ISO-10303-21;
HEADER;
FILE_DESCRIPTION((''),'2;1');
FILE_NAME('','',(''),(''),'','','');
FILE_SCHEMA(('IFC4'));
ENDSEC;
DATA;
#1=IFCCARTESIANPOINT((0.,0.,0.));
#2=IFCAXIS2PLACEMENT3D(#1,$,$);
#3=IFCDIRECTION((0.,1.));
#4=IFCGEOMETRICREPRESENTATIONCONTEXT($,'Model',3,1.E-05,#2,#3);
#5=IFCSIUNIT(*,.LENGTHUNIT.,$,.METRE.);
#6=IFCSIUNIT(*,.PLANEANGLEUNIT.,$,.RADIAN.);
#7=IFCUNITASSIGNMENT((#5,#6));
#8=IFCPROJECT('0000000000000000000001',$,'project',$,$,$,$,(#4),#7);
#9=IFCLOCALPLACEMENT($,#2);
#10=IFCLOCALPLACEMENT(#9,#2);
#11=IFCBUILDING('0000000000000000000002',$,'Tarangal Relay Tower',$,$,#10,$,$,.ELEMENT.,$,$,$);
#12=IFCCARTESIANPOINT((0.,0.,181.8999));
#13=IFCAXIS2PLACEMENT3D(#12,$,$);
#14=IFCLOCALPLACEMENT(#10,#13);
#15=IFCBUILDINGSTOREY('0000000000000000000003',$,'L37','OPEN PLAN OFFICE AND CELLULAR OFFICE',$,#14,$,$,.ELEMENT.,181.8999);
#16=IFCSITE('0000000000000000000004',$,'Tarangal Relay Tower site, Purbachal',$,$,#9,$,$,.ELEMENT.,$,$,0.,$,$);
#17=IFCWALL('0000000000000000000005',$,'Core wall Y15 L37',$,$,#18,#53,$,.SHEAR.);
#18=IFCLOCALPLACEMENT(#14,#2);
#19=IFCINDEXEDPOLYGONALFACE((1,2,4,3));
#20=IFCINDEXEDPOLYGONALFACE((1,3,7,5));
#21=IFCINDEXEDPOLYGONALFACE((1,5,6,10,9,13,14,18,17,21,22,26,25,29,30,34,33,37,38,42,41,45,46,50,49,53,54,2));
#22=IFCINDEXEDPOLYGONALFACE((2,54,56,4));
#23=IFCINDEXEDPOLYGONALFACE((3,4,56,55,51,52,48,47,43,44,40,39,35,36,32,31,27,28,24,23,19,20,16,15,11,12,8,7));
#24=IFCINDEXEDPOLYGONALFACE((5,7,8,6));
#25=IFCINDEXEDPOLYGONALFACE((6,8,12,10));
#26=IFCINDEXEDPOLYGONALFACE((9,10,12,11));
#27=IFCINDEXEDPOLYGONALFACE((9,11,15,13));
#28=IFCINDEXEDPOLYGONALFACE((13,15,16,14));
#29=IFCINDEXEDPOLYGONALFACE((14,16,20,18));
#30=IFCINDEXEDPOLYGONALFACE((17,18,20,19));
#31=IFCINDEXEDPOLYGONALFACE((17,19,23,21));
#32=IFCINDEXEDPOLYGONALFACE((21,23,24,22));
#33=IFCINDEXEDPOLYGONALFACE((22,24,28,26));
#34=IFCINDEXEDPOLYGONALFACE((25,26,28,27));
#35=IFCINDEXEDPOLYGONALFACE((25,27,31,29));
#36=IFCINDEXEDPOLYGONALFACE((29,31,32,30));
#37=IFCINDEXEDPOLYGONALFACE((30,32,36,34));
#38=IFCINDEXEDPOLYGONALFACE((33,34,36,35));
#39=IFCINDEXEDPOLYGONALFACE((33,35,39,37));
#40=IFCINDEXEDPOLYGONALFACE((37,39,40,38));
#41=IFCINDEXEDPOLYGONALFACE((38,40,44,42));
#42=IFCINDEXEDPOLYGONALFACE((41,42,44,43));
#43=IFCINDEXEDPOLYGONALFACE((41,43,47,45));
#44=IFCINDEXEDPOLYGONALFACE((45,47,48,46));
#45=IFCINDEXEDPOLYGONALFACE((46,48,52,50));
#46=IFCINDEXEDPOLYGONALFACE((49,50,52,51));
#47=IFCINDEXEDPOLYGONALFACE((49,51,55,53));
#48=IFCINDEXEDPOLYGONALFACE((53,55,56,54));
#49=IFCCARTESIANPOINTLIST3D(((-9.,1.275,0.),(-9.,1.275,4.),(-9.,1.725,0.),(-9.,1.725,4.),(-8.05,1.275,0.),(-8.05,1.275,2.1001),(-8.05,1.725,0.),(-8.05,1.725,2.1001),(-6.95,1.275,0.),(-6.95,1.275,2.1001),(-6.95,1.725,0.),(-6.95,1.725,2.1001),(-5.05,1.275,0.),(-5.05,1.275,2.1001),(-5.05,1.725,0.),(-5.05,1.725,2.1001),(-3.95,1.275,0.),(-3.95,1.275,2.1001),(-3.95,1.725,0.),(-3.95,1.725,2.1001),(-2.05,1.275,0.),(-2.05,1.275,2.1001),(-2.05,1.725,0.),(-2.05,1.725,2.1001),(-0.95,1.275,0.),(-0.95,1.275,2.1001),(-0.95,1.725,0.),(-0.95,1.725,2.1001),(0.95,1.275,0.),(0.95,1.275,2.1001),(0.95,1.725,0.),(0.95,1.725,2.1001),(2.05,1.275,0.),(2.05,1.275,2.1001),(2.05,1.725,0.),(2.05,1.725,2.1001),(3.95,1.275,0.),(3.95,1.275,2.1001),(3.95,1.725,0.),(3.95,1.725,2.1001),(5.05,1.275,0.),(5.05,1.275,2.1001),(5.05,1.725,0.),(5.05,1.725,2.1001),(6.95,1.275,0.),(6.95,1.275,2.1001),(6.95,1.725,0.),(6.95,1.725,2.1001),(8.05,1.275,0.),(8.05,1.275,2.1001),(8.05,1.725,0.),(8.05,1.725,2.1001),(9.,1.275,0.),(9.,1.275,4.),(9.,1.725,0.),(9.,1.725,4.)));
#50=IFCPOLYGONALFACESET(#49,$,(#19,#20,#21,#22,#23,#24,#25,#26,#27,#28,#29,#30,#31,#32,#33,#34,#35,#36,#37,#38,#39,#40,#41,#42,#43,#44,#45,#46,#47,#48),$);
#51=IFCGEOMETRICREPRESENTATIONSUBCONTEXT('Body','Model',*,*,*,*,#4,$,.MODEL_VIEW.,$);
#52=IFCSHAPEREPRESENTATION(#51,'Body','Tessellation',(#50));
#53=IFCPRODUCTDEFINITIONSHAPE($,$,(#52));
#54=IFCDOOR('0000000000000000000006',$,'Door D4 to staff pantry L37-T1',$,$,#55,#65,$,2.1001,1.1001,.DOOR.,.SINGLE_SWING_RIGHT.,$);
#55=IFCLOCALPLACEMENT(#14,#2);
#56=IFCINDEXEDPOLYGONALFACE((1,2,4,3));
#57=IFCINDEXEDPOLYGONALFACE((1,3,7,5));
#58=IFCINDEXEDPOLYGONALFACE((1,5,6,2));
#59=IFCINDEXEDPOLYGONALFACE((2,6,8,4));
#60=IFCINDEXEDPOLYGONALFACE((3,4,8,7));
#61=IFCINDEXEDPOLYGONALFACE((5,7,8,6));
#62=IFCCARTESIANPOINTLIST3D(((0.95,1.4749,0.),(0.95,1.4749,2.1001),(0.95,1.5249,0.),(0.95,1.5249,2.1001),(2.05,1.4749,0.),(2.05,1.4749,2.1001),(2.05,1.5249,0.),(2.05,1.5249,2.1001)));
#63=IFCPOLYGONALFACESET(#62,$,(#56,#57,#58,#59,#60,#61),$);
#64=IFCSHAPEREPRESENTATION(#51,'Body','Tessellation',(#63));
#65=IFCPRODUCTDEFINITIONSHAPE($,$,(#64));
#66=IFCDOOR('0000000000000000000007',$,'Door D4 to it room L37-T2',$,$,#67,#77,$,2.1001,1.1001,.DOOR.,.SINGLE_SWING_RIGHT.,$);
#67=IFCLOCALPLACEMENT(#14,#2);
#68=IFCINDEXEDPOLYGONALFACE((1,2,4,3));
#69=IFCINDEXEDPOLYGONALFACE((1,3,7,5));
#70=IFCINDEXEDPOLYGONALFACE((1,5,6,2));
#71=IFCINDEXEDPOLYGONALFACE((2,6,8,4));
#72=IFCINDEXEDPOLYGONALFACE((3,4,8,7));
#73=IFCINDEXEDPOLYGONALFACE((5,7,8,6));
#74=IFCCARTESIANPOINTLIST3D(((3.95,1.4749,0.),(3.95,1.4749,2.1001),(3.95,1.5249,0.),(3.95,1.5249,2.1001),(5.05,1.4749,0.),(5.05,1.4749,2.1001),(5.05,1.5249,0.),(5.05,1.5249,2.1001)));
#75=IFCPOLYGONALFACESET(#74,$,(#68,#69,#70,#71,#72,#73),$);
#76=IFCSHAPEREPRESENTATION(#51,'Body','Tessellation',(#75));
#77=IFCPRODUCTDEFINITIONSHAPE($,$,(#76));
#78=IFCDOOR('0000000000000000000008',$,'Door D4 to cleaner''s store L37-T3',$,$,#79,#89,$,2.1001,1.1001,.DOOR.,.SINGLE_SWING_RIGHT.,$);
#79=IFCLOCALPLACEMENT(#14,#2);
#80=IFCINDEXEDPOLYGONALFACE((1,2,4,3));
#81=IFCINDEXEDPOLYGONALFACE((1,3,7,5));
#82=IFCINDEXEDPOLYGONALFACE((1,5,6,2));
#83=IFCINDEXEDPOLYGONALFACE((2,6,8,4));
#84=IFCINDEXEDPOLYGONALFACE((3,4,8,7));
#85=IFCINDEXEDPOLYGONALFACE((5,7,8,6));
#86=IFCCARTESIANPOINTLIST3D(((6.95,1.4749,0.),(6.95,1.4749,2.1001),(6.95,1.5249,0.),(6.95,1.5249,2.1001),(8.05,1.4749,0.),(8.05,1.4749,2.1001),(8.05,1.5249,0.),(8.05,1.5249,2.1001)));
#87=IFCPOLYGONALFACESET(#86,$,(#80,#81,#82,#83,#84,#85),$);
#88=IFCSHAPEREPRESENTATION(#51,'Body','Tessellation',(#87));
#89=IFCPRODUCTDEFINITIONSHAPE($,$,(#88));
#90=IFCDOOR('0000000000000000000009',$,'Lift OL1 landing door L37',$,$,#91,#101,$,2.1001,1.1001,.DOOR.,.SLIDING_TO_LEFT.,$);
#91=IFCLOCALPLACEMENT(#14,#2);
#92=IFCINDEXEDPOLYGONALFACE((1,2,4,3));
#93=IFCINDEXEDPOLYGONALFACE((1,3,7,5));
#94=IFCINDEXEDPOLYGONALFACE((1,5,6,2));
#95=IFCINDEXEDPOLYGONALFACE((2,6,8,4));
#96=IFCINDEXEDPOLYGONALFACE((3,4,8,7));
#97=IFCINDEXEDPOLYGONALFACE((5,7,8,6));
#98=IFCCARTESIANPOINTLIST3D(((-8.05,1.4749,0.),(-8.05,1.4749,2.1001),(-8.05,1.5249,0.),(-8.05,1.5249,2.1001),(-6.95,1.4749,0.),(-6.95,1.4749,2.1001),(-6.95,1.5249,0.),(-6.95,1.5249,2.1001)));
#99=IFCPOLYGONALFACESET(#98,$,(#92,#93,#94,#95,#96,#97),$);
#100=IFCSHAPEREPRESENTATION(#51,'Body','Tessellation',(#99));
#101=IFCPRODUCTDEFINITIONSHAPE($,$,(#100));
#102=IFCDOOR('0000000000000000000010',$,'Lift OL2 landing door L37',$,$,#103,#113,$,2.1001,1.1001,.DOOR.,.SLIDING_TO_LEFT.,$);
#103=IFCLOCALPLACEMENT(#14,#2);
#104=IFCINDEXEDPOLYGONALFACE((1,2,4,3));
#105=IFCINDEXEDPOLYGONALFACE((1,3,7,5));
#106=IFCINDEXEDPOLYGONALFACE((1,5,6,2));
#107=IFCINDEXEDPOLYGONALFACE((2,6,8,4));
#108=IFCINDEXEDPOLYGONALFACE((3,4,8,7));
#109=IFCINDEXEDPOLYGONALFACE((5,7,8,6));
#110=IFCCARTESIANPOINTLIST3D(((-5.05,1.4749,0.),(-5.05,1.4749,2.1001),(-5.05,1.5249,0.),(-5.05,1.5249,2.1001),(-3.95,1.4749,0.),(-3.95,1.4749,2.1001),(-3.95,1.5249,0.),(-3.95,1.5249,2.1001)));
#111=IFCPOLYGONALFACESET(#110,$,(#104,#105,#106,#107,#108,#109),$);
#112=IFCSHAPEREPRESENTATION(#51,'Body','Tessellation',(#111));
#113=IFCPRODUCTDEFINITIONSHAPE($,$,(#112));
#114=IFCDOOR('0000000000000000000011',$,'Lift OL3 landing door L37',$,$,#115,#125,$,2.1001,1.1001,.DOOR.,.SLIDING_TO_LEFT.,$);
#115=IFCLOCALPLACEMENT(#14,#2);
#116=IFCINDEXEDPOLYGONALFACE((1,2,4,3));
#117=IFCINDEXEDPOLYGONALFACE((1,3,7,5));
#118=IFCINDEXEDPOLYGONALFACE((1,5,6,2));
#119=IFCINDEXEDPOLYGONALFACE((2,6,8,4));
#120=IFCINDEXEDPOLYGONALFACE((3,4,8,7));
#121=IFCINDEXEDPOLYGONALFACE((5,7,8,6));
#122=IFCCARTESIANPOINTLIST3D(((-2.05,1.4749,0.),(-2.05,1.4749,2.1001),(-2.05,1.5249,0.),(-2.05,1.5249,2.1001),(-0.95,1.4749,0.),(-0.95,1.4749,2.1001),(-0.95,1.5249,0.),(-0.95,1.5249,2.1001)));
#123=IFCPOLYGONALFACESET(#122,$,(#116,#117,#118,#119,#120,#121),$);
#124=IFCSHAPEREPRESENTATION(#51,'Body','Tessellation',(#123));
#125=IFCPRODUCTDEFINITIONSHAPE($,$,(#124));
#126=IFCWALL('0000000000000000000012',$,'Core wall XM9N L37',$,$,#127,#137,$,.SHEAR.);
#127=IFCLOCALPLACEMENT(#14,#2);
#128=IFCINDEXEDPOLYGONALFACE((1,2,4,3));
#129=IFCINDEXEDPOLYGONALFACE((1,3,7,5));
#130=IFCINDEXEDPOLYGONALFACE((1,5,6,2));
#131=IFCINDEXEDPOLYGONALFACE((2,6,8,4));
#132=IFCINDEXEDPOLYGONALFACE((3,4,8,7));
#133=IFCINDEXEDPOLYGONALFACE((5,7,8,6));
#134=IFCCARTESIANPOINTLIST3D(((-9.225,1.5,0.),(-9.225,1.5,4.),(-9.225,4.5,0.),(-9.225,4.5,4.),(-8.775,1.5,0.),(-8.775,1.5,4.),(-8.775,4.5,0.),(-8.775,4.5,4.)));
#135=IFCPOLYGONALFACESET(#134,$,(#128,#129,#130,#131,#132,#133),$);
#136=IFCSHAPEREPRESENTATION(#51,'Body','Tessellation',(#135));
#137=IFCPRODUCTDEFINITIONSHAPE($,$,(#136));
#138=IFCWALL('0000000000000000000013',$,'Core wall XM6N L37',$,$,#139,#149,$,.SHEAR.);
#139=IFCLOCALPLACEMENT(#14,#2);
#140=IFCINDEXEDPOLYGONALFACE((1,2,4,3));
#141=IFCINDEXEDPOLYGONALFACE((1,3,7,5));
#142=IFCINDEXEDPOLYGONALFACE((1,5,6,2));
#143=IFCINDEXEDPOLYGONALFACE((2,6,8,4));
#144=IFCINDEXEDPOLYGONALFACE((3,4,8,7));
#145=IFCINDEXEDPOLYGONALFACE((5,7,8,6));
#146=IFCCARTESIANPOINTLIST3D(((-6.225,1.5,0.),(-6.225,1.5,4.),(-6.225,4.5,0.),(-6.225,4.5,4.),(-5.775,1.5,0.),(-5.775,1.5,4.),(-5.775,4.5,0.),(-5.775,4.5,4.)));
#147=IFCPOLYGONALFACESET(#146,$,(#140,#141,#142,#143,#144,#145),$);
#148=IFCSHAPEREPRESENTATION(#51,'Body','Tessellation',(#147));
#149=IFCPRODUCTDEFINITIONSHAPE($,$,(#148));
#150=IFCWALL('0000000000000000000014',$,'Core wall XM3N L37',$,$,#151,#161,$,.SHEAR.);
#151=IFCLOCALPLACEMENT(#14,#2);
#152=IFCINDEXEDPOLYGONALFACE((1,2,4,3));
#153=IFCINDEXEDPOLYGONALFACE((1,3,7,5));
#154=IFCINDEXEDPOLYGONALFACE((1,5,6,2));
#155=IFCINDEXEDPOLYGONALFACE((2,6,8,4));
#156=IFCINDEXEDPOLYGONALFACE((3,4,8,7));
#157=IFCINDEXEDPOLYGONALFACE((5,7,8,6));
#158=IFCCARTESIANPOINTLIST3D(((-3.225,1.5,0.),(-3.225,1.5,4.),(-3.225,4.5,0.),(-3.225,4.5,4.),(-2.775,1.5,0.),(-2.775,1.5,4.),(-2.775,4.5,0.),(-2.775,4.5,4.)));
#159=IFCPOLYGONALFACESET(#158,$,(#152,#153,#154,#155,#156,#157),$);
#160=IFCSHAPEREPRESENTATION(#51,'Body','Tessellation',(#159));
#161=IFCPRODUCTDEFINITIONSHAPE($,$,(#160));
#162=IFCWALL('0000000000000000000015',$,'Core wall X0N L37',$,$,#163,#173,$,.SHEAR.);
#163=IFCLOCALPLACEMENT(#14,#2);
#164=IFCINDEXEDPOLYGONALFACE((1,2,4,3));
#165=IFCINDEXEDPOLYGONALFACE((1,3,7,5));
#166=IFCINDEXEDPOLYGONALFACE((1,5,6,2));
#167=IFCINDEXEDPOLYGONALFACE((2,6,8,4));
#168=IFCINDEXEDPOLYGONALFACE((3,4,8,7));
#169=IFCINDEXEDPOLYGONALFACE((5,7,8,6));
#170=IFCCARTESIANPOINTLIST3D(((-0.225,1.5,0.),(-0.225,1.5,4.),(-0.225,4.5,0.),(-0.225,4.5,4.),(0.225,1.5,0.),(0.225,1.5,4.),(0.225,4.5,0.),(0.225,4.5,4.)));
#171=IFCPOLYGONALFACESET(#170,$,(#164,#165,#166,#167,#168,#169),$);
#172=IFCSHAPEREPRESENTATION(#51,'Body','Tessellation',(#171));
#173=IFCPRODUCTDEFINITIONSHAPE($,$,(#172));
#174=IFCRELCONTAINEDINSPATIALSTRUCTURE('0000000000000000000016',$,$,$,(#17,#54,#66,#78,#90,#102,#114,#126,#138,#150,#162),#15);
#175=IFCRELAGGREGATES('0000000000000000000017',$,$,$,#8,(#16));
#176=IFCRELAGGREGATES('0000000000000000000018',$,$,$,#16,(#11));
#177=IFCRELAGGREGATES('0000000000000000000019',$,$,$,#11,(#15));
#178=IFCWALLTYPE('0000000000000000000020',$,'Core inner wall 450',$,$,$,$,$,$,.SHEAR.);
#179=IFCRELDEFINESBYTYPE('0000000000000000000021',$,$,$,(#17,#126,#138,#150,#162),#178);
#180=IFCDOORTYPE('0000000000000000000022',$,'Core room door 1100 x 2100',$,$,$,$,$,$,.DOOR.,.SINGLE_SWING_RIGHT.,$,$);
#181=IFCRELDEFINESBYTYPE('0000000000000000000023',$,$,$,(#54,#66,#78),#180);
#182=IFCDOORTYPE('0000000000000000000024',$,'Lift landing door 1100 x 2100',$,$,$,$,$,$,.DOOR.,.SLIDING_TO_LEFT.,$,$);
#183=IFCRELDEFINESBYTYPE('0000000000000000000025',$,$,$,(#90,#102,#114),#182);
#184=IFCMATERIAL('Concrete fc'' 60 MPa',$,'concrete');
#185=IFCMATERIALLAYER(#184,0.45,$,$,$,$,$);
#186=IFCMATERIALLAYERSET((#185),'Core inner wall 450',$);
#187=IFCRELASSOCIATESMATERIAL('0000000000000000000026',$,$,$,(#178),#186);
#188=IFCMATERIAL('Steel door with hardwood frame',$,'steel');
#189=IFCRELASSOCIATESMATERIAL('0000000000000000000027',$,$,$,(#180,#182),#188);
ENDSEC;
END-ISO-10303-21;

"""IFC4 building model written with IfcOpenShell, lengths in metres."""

from ifc_helpers import new_model, si_unit, direction, frame, frame_2d, origin, place, context, subcontext, project, spatial, rectangle, extrude, material, layer, layer_set, type_object, element, fill, save


model = new_model("IFC4")

# Units and contexts
model_context = context("Model", 3, precision=1e-05, world=origin(), true_north=direction((0.0, 1.0)))
body_context = subcontext(model_context, "Body", "Model", "MODEL_VIEW")
ifc_project = project(units=[si_unit("LENGTHUNIT", "METRE"), si_unit("PLANEANGLEUNIT", "RADIAN")], contexts=[model_context])

# Site, building, storey
site_placement = place(None, origin())
site = spatial("IfcSite", under=ifc_project, at=site_placement, Name="Tarangal Relay Tower site, Purbachal", CompositionType="ELEMENT", RefElevation=0.0)
building_placement = place(site_placement, origin())
building = spatial("IfcBuilding", under=site, at=building_placement, Name="Tarangal Relay Tower", CompositionType="ELEMENT")
storey_placement = place(building_placement, frame((0.0, 0.0, 181.8999)))
storey = spatial("IfcBuildingStorey", under=building, at=storey_placement, Name="L37", Description="OPEN PLAN OFFICE AND CELLULAR OFFICE", CompositionType="ELEMENT", Elevation=181.8999)

# Wall, openings, doors
ifc_material_1 = material(Name="Concrete fc' 60 MPa", Category="concrete")
ifc_layer_1 = layer(ifc_material_1, 0.45)
ifc_layer_set_1 = layer_set([ifc_layer_1], Name="Core inner wall 450")
wall_type = type_object("IfcWallType", Name="Core inner wall 450", PredefinedType="SHEAR", material=ifc_layer_set_1)
wall_placement = place(storey_placement, frame((-9.0, 1.5, 0.0), z_axis=(0.0, 0.0, 1.0), x_axis=(1.0, 0.0, 0.0)))
wall = element("IfcWall", 1, at=wall_placement, inside=storey, type_object=wall_type, Name="Core wall Y15 L37", PredefinedType="SHEAR", context=body_context, shape_type="SweptSolid", body=[
    extrude(rectangle(XDim=18.0, YDim=0.45, at=frame_2d((9.0, 0.0))), origin(), (0.0, 0.0, 1.0), 4.0),
])
opening_1_placement = place(wall_placement, frame((0.95, 0.0, 0.0)))
opening_1 = element("IfcOpeningElement", 2, at=opening_1_placement, cuts=wall, PredefinedType="OPENING", context=body_context, shape_type="SweptSolid", body=[
    extrude(rectangle(XDim=1.1001, YDim=2.1001, at=frame_2d((0.55, 1.05))), frame((0.0, 0.2349, 0.0), z_axis=(0.0, -1.0, 0.0), x_axis=(1.0, 0.0, 0.0)), (0.0, 0.0, 1.0), 0.47),
])
opening_2_placement = place(wall_placement, frame((3.95, 0.0, 0.0)))
opening_2 = element("IfcOpeningElement", 3, at=opening_2_placement, cuts=wall, PredefinedType="OPENING", context=body_context, shape_type="SweptSolid", body=[
    extrude(rectangle(XDim=1.1001, YDim=2.1001, at=frame_2d((0.55, 1.05))), frame((0.0, 0.2349, 0.0), z_axis=(0.0, -1.0, 0.0), x_axis=(1.0, 0.0, 0.0)), (0.0, 0.0, 1.0), 0.47),
])
opening_3_placement = place(wall_placement, frame((6.95, 0.0, 0.0)))
opening_3 = element("IfcOpeningElement", 4, at=opening_3_placement, cuts=wall, PredefinedType="OPENING", context=body_context, shape_type="SweptSolid", body=[
    extrude(rectangle(XDim=1.1001, YDim=2.1001, at=frame_2d((0.55, 1.05))), frame((0.0, 0.2349, 0.0), z_axis=(0.0, -1.0, 0.0), x_axis=(1.0, 0.0, 0.0)), (0.0, 0.0, 1.0), 0.47),
])
opening_4_placement = place(wall_placement, frame((9.95, 0.0, 0.0)))
opening_4 = element("IfcOpeningElement", 5, at=opening_4_placement, cuts=wall, PredefinedType="OPENING", context=body_context, shape_type="SweptSolid", body=[
    extrude(rectangle(XDim=1.1001, YDim=2.1001, at=frame_2d((0.55, 1.05))), frame((0.0, 0.2349, 0.0), z_axis=(0.0, -1.0, 0.0), x_axis=(1.0, 0.0, 0.0)), (0.0, 0.0, 1.0), 0.47),
])
opening_5_placement = place(wall_placement, frame((12.95, 0.0, 0.0)))
opening_5 = element("IfcOpeningElement", 6, at=opening_5_placement, cuts=wall, PredefinedType="OPENING", context=body_context, shape_type="SweptSolid", body=[
    extrude(rectangle(XDim=1.1001, YDim=2.1001, at=frame_2d((0.55, 1.05))), frame((0.0, 0.2349, 0.0), z_axis=(0.0, -1.0, 0.0), x_axis=(1.0, 0.0, 0.0)), (0.0, 0.0, 1.0), 0.47),
])
opening_6_placement = place(wall_placement, frame((15.95, 0.0, 0.0)))
opening_6 = element("IfcOpeningElement", 7, at=opening_6_placement, cuts=wall, PredefinedType="OPENING", context=body_context, shape_type="SweptSolid", body=[
    extrude(rectangle(XDim=1.1001, YDim=2.1001, at=frame_2d((0.55, 1.05))), frame((0.0, 0.2349, 0.0), z_axis=(0.0, -1.0, 0.0), x_axis=(1.0, 0.0, 0.0)), (0.0, 0.0, 1.0), 0.47),
])
ifc_material_2 = material(Name="Steel door with hardwood frame", Category="steel")
door_type_1 = type_object("IfcDoorType", Name="Core room door 1100 x 2100", OperationType="SINGLE_SWING_RIGHT", PredefinedType="DOOR", material=ifc_material_2)
door_1_placement = place(opening_4_placement, origin())
door_1 = element("IfcDoor", 8, at=door_1_placement, inside=storey, type_object=door_type_1, Name="Door D4 to staff pantry L37-T1", OperationType="SINGLE_SWING_RIGHT", OverallHeight=2.1001, OverallWidth=1.1001, PredefinedType="DOOR", context=body_context, shape_type="SweptSolid", body=[
    extrude(rectangle(XDim=1.1001, YDim=2.1001, at=frame_2d((0.55, 1.05))), frame((0.0, 0.0249, 0.0), z_axis=(0.0, -1.0, 0.0), x_axis=(1.0, 0.0, 0.0)), (0.0, 0.0, 1.0), 0.05),
])
fill(opening_4, door_1)
door_2_placement = place(opening_5_placement, origin())
door_2 = element("IfcDoor", 9, at=door_2_placement, inside=storey, type_object=door_type_1, Name="Door D4 to it room L37-T2", OperationType="SINGLE_SWING_RIGHT", OverallHeight=2.1001, OverallWidth=1.1001, PredefinedType="DOOR", context=body_context, shape_type="SweptSolid", body=[
    extrude(rectangle(XDim=1.1001, YDim=2.1001, at=frame_2d((0.55, 1.05))), frame((0.0, 0.0249, 0.0), z_axis=(0.0, -1.0, 0.0), x_axis=(1.0, 0.0, 0.0)), (0.0, 0.0, 1.0), 0.05),
])
fill(opening_5, door_2)
door_3_placement = place(opening_6_placement, origin())
door_3 = element("IfcDoor", 10, at=door_3_placement, inside=storey, type_object=door_type_1, Name="Door D4 to cleaner's store L37-T3", OperationType="SINGLE_SWING_RIGHT", OverallHeight=2.1001, OverallWidth=1.1001, PredefinedType="DOOR", context=body_context, shape_type="SweptSolid", body=[
    extrude(rectangle(XDim=1.1001, YDim=2.1001, at=frame_2d((0.55, 1.05))), frame((0.0, 0.0249, 0.0), z_axis=(0.0, -1.0, 0.0), x_axis=(1.0, 0.0, 0.0)), (0.0, 0.0, 1.0), 0.05),
])
fill(opening_6, door_3)
door_type_2 = type_object("IfcDoorType", Name="Lift landing door 1100 x 2100", OperationType="SLIDING_TO_LEFT", PredefinedType="DOOR", material=ifc_material_2)
door_4_placement = place(opening_1_placement, origin())
door_4 = element("IfcDoor", 11, at=door_4_placement, inside=storey, type_object=door_type_2, Name="Lift OL1 landing door L37", OperationType="SLIDING_TO_LEFT", OverallHeight=2.1001, OverallWidth=1.1001, PredefinedType="DOOR", context=body_context, shape_type="SweptSolid", body=[
    extrude(rectangle(XDim=1.1001, YDim=2.1001, at=frame_2d((0.55, 1.05))), frame((0.0, 0.0249, 0.0), z_axis=(0.0, -1.0, 0.0), x_axis=(1.0, 0.0, 0.0)), (0.0, 0.0, 1.0), 0.05),
])
fill(opening_1, door_4)
door_5_placement = place(opening_2_placement, origin())
door_5 = element("IfcDoor", 12, at=door_5_placement, inside=storey, type_object=door_type_2, Name="Lift OL2 landing door L37", OperationType="SLIDING_TO_LEFT", OverallHeight=2.1001, OverallWidth=1.1001, PredefinedType="DOOR", context=body_context, shape_type="SweptSolid", body=[
    extrude(rectangle(XDim=1.1001, YDim=2.1001, at=frame_2d((0.55, 1.05))), frame((0.0, 0.0249, 0.0), z_axis=(0.0, -1.0, 0.0), x_axis=(1.0, 0.0, 0.0)), (0.0, 0.0, 1.0), 0.05),
])
fill(opening_2, door_5)
door_6_placement = place(opening_3_placement, origin())
door_6 = element("IfcDoor", 13, at=door_6_placement, inside=storey, type_object=door_type_2, Name="Lift OL3 landing door L37", OperationType="SLIDING_TO_LEFT", OverallHeight=2.1001, OverallWidth=1.1001, PredefinedType="DOOR", context=body_context, shape_type="SweptSolid", body=[
    extrude(rectangle(XDim=1.1001, YDim=2.1001, at=frame_2d((0.55, 1.05))), frame((0.0, 0.0249, 0.0), z_axis=(0.0, -1.0, 0.0), x_axis=(1.0, 0.0, 0.0)), (0.0, 0.0, 1.0), 0.05),
])
fill(opening_3, door_6)

# Walls
for number, where, z_axis, x_axis, name in (
    (14, (-9.0, 1.5, 0.0), (0.0, 0.0, 1.0), (0.0, 1.0, 0.0), "Core wall XM9N L37"),
    (15, (-6.0, 1.5, 0.0), (0.0, 0.0, 1.0), (0.0, 1.0, 0.0), "Core wall XM6N L37"),
    (16, (-3.0, 1.5, 0.0), (0.0, 0.0, 1.0), (0.0, 1.0, 0.0), "Core wall XM3N L37"),
    (17, (0.0, 1.5, 0.0), (0.0, 0.0, 1.0), (0.0, 1.0, 0.0), "Core wall X0N L37"),
):
    element("IfcWall", number, at=place(storey_placement, frame(where, z_axis=z_axis, x_axis=x_axis)), inside=storey, type_object=wall_type, Name=name, PredefinedType="SHEAR", context=body_context, shape_type="SweptSolid", body=[
        extrude(rectangle(XDim=3.0, YDim=0.45, at=frame_2d((1.5, 0.0))), origin(), (0.0, 0.0, 1.0), 4.0),
    ])

save(model, "model.ifc")
